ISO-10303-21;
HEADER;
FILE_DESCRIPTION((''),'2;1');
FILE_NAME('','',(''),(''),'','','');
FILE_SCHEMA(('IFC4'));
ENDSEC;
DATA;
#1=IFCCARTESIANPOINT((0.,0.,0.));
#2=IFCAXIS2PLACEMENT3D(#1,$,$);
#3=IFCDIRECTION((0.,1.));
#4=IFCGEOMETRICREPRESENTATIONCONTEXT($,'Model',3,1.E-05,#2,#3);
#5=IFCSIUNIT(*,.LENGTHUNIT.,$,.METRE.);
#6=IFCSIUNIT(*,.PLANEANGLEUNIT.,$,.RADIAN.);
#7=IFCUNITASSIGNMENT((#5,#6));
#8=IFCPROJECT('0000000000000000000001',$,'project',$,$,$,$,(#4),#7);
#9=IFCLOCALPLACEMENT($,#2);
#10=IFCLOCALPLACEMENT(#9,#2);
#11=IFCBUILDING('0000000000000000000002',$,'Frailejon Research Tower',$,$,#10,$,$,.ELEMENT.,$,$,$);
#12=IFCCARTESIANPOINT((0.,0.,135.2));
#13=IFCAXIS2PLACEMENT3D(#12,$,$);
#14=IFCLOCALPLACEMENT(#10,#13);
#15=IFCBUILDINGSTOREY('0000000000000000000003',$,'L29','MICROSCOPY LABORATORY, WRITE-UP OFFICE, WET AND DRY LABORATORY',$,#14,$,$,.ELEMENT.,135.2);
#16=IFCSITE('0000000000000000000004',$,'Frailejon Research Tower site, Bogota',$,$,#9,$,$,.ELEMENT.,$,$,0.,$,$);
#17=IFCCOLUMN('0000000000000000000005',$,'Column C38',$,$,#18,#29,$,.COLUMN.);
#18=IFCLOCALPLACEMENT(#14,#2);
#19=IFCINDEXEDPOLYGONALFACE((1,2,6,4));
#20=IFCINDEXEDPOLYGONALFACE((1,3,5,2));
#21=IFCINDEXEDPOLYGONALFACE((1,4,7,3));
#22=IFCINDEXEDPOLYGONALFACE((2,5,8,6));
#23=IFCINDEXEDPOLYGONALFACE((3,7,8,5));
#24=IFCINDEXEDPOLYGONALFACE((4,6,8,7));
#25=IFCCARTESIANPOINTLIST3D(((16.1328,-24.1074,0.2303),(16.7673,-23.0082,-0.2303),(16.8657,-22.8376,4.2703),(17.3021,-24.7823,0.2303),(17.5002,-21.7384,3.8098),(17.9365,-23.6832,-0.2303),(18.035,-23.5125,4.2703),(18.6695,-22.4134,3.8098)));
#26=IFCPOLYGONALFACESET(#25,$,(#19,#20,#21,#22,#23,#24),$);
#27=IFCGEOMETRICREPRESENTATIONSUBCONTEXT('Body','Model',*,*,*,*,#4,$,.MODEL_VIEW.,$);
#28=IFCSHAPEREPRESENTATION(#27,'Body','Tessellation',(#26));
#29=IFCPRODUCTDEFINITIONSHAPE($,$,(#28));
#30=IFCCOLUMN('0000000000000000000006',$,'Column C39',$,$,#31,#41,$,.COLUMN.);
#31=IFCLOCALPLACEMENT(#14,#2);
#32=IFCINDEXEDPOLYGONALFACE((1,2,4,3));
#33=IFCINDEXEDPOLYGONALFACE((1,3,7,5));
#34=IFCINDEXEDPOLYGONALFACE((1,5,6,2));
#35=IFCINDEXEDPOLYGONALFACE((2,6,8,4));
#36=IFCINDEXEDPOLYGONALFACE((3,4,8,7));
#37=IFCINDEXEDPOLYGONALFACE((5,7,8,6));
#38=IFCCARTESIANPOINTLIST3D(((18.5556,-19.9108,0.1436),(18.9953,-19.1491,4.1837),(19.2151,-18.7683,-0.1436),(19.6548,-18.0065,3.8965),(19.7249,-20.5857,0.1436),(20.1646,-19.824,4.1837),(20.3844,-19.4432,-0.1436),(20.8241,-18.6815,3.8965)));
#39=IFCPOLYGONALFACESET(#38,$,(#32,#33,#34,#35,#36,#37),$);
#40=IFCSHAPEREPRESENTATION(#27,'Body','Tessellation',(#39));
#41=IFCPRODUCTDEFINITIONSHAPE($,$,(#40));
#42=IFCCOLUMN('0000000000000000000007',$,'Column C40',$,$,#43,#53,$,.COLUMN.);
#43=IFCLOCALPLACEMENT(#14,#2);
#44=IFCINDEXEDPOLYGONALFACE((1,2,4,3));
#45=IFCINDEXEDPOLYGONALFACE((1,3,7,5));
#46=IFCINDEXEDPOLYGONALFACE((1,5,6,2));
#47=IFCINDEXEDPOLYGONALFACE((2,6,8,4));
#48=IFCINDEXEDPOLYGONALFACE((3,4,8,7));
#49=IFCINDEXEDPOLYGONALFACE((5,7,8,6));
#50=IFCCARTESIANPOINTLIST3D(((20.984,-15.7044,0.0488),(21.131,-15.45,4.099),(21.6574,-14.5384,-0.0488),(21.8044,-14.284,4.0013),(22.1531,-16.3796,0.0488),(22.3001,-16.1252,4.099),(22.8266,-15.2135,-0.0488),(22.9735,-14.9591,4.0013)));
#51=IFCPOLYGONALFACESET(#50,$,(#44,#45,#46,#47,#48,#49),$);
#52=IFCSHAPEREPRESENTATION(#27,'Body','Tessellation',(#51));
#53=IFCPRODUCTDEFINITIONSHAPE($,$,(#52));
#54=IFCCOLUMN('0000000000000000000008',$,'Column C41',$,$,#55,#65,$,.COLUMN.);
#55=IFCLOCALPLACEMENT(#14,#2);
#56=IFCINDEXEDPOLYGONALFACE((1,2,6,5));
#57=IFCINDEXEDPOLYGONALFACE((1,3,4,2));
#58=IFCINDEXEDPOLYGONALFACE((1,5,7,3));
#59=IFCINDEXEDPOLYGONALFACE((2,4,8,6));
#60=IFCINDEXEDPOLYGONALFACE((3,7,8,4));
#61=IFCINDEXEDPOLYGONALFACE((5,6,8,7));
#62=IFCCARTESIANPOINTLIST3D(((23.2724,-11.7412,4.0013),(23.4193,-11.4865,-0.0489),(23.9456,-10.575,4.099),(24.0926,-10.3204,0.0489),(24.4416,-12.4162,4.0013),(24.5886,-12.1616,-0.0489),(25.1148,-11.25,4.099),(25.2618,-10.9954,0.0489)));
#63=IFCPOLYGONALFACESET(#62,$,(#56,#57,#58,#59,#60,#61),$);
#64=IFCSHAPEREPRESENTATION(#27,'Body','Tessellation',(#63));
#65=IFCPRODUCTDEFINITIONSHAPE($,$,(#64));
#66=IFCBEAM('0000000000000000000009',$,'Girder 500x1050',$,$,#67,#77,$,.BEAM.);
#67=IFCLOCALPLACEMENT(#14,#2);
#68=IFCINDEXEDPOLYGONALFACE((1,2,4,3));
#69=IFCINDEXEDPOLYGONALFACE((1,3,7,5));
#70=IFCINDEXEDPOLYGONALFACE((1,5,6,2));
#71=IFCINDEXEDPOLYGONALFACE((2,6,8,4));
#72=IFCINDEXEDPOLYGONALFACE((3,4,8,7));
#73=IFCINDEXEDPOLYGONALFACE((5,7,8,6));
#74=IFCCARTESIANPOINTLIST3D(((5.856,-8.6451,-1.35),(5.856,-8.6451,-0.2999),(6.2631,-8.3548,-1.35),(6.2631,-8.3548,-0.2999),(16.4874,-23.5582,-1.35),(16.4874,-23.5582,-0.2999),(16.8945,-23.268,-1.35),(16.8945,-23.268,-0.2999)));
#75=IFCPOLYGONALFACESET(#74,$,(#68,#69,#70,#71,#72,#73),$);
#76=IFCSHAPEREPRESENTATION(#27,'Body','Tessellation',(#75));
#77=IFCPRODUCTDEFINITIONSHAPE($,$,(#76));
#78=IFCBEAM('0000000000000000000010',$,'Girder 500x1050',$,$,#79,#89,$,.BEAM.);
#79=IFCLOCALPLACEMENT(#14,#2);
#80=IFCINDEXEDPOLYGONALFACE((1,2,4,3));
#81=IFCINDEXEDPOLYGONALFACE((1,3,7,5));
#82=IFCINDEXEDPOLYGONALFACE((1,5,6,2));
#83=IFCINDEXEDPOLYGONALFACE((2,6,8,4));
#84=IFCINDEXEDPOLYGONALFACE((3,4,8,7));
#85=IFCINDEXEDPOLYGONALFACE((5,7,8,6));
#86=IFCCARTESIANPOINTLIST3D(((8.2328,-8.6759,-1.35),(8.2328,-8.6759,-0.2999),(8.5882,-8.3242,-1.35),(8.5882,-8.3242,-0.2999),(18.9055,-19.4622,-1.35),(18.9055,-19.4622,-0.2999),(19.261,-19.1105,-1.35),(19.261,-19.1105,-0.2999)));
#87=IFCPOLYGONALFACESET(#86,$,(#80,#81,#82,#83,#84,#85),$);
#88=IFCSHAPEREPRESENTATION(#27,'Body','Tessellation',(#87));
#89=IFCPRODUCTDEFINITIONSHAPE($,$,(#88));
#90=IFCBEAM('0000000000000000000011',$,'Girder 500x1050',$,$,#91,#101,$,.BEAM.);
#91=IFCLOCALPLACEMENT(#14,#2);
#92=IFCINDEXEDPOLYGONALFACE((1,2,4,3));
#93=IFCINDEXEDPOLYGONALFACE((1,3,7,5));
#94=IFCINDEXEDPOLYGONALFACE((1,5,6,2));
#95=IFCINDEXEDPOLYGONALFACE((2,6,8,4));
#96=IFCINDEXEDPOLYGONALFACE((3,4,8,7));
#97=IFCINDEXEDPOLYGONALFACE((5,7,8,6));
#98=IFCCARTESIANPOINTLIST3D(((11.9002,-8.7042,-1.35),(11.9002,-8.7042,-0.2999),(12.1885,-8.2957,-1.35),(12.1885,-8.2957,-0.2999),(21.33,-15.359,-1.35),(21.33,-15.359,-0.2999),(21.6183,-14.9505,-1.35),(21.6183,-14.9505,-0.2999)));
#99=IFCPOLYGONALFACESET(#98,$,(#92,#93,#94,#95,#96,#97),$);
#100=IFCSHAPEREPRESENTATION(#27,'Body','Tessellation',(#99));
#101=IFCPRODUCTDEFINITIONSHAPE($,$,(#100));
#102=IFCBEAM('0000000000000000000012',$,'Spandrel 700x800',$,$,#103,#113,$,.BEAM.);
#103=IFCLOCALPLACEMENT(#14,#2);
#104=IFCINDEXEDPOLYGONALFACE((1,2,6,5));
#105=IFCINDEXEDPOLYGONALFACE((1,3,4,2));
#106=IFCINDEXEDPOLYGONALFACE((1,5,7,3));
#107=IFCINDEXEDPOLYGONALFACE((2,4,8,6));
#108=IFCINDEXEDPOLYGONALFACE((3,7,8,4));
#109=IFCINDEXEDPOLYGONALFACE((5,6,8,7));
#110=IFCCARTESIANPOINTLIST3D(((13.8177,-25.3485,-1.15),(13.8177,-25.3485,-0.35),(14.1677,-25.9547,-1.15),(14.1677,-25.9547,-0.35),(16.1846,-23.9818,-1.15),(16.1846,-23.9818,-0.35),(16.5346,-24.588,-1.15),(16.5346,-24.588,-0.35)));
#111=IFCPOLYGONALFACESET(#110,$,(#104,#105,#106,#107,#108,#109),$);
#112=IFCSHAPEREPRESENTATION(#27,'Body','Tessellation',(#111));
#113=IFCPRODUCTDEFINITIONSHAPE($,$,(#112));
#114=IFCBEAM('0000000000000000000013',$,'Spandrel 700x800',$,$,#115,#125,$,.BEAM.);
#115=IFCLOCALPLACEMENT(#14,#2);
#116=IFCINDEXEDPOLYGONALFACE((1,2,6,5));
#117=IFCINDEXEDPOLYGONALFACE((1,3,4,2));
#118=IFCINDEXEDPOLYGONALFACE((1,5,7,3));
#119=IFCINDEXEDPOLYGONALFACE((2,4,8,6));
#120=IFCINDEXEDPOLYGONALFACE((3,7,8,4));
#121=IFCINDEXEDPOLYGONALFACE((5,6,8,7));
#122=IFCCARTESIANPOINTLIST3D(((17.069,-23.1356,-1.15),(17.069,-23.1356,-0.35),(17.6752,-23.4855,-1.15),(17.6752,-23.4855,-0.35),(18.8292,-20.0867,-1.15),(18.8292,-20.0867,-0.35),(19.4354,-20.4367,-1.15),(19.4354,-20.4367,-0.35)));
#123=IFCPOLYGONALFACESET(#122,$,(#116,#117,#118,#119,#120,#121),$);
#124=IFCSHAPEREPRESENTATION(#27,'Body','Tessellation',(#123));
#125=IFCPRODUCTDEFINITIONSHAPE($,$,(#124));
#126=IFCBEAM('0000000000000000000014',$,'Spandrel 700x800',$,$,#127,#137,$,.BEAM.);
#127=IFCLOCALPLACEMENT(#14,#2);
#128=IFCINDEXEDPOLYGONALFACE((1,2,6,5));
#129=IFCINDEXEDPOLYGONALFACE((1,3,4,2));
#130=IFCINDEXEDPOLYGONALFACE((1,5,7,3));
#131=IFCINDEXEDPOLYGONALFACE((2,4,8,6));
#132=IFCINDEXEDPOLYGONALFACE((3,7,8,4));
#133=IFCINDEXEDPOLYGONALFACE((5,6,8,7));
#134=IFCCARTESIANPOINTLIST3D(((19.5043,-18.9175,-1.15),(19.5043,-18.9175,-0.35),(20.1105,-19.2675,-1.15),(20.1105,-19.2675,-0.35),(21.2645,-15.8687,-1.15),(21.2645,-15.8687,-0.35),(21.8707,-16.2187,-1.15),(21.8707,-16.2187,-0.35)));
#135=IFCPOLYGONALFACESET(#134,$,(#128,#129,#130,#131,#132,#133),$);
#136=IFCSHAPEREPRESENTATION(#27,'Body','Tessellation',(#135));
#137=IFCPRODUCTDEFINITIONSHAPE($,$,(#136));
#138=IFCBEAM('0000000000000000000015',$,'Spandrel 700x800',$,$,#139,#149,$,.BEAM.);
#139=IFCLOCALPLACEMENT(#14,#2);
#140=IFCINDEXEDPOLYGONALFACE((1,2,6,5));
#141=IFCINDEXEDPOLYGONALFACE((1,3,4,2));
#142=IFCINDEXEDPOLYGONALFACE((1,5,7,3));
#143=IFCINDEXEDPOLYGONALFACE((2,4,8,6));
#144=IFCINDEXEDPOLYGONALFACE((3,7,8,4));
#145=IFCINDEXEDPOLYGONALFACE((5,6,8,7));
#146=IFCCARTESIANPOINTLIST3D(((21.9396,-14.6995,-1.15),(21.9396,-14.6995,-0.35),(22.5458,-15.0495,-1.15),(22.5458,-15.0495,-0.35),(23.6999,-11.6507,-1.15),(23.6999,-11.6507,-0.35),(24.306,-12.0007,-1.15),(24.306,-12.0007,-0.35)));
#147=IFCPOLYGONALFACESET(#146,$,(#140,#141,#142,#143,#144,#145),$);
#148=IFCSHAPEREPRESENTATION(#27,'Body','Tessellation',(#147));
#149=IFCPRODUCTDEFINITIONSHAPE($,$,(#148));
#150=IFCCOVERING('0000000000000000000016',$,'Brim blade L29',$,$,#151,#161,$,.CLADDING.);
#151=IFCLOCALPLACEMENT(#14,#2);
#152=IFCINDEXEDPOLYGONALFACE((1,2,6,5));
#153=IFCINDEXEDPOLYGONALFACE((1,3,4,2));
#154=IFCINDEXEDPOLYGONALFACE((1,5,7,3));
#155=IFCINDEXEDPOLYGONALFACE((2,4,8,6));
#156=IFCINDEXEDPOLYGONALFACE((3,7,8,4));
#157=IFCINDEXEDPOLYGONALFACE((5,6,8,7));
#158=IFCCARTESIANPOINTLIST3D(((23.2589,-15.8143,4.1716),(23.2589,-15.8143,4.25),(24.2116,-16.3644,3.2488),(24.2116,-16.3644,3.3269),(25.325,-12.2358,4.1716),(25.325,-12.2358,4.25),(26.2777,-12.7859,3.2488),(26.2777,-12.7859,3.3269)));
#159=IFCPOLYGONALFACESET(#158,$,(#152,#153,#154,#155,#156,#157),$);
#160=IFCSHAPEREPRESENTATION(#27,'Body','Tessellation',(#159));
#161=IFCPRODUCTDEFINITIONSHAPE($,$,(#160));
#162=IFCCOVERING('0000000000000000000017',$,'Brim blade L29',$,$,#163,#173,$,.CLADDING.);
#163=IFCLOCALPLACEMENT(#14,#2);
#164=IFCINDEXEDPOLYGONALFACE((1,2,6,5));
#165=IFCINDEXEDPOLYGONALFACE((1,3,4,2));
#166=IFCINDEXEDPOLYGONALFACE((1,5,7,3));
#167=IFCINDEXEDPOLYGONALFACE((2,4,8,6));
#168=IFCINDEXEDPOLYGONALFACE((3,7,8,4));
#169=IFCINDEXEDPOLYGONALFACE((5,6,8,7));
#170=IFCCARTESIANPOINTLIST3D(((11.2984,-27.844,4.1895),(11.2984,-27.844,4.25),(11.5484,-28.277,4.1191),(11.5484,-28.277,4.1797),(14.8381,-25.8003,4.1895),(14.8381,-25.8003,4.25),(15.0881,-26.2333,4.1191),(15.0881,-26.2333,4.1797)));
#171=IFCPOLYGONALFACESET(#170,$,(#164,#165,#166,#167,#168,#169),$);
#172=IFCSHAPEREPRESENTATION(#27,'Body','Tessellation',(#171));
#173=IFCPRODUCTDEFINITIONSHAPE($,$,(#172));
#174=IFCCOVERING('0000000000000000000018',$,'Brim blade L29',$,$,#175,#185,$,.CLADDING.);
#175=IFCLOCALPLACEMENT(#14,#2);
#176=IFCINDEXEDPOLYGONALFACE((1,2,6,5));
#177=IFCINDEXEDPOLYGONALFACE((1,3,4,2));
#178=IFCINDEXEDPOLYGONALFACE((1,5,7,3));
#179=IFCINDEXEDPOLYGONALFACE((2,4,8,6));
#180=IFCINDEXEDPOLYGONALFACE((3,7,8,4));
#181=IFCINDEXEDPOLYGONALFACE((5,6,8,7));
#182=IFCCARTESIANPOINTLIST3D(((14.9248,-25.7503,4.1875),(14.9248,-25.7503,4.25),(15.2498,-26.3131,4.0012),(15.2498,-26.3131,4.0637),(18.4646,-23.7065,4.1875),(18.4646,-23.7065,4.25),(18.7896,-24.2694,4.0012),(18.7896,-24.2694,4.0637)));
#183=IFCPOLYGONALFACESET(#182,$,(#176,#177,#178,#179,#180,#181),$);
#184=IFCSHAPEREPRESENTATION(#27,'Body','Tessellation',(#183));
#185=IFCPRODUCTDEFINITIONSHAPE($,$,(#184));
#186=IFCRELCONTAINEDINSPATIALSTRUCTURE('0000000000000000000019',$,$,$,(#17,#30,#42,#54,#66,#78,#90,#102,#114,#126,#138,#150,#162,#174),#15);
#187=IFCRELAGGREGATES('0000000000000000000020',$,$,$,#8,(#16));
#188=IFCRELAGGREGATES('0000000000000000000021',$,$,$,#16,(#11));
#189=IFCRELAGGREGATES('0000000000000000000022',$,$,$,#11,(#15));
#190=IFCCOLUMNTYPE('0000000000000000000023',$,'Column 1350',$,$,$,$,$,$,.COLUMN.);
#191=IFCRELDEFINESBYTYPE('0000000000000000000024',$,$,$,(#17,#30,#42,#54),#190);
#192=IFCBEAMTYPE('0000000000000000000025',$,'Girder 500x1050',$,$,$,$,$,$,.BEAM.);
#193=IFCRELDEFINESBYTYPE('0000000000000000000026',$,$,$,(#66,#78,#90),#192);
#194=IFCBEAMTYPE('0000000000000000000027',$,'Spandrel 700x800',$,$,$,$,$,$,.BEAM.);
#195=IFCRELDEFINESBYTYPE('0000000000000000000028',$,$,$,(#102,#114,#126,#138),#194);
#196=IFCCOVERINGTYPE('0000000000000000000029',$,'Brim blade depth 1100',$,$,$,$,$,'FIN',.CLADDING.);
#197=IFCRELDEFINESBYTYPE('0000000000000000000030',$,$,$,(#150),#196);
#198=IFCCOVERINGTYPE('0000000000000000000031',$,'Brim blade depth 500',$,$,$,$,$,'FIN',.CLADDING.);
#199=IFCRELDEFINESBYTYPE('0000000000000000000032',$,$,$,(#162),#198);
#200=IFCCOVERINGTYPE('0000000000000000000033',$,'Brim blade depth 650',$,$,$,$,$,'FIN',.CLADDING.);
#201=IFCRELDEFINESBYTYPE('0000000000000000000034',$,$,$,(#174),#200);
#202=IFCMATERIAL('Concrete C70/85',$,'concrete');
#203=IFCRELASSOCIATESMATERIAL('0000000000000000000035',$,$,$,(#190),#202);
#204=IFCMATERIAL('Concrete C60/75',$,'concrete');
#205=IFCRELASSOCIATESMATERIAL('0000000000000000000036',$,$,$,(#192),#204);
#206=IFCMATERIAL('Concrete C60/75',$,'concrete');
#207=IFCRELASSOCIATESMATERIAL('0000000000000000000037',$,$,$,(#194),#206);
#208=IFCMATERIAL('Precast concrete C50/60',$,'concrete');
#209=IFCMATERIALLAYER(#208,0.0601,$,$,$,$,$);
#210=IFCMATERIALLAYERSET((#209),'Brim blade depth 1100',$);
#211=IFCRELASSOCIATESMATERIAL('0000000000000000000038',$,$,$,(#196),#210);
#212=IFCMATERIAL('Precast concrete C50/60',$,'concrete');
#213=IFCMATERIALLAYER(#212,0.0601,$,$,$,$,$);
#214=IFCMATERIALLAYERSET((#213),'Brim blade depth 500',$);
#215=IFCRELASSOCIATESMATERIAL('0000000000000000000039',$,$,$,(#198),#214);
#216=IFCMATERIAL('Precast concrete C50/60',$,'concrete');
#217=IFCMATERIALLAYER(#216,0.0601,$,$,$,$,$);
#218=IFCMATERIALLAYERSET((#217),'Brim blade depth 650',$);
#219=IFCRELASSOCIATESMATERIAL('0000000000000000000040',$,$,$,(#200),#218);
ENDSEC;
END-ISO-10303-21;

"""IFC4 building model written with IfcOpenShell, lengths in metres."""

from ifc_helpers import new_model, si_unit, direction, frame, origin, origin_2d, place, context, subcontext, project, spatial, polyline, rectangle, outline, extrude, material, layer, layer_set, material_profile, profile_set, type_object, element, save


model = new_model("IFC4")

# Units and contexts
model_context = context("Model", 3, precision=1e-05, world=origin(), true_north=direction((0.0, 1.0)))
body_context = subcontext(model_context, "Body", "Model", "MODEL_VIEW")
ifc_project = project(units=[si_unit("LENGTHUNIT", "METRE"), si_unit("PLANEANGLEUNIT", "RADIAN")], contexts=[model_context])

# Site, building, storey
site_placement = place(None, origin())
site = spatial("IfcSite", under=ifc_project, at=site_placement, Name="Frailejon Research Tower site, Bogota", CompositionType="ELEMENT", RefElevation=0.0)
building_placement = place(site_placement, origin())
building = spatial("IfcBuilding", under=site, at=building_placement, Name="Frailejon Research Tower", CompositionType="ELEMENT")
storey_placement = place(building_placement, frame((0.0, 0.0, 135.2)))
storey = spatial("IfcBuildingStorey", under=building, at=storey_placement, Name="L29", Description="MICROSCOPY LABORATORY, WRITE-UP OFFICE, WET AND DRY LABORATORY", CompositionType="ELEMENT", Elevation=135.2)

# Columns
ifc_material_1 = material(Name="Concrete C70/85", Category="concrete")
ifc_material_profile_1 = material_profile(ifc_material_1, rectangle(XDim=1.3501, YDim=1.3501, at=origin_2d()), Name="Column 1350")
ifc_profile_set_1 = profile_set([ifc_material_profile_1], Name="Concrete C70/85")
column_type = type_object("IfcColumnType", Name="Column 1350", PredefinedType="COLUMN", material=ifc_profile_set_1)
column_1_placement = place(storey_placement, frame((17.0347, -23.8953, 0.0), z_axis=(0.17053, 0.295445, 0.940017), x_axis=(0.469945, 0.814115, -0.341128)))
element("IfcColumn", 1, at=column_1_placement, inside=storey, type_object=column_type, Name="Column C38", PredefinedType="COLUMN", context=body_context, shape_type="SweptSolid", body=[
    extrude(rectangle(XDim=1.3501, YDim=1.3501, at=origin_2d()), origin(), (0.0, 0.0, 1.0), 4.2979),
])
column_2_placement = place(storey_placement, frame((19.47, -19.677, 0.0), z_axis=(0.106344, 0.184227, 0.977114), x_axis=(0.488465, 0.846258, -0.212718)))
element("IfcColumn", 2, at=column_2_placement, inside=storey, type_object=column_type, Name="Column C39", PredefinedType="COLUMN", context=body_context, shape_type="SweptSolid", body=[
    extrude(rectangle(XDim=1.3501, YDim=1.3501, at=origin_2d()), origin(), (0.0, 0.0, 1.0), 4.1348),
])
for number, where, z_axis, x_axis, name in (
    (3, (21.9053, -15.459, 0.0), (0.036194, 0.062648, 0.997379), (0.498791, 0.863697, -0.072352), "Column C40"),
    (4, (24.3406, -11.241, 0.0), (-0.036194, -0.062708, 0.997375), (0.498666, 0.863765, 0.072404), "Column C41"),
):
    element("IfcColumn", number, at=place(storey_placement, frame(where, z_axis=z_axis, x_axis=x_axis)), inside=storey, type_object=column_type, Name=name, PredefinedType="COLUMN", context=body_context, shape_type="SweptSolid", body=[
        extrude(rectangle(XDim=1.3501, YDim=1.3501, at=origin_2d()), origin(), (0.0, 0.0, 1.0), 4.0608),
    ])

# Beams
ifc_material_2 = material(Name="Concrete C60/75", Category="concrete")
ifc_material_profile_2 = material_profile(ifc_material_2, rectangle(XDim=0.5, YDim=1.05, at=origin_2d()), Name="Girder 500x1050")
ifc_profile_set_2 = profile_set([ifc_material_profile_2], Name="Concrete C60/75")
beam_type_1 = type_object("IfcBeamType", Name="Girder 500x1050", PredefinedType="BEAM", material=ifc_profile_set_2)
beam_1_placement = place(storey_placement, frame((16.6909, -23.4131, -0.825), z_axis=(-0.580484, 0.814272, 0.0), x_axis=(-0.814272, -0.580484, 0.0)))
element("IfcBeam", 5, at=beam_1_placement, inside=storey, type_object=beam_type_1, Name="Girder 500x1050", PredefinedType="BEAM", context=body_context, shape_type="SweptSolid", body=[
    extrude(rectangle(XDim=0.5, YDim=1.05, at=origin_2d()), origin(), (0.0, 0.0, 1.0), 18.3147),
])
beam_2_placement = place(storey_placement, frame((19.0833, -19.2864, -0.825), z_axis=(-0.703356, 0.710838, 0.0), x_axis=(-0.710838, -0.703356, 0.0)))
element("IfcBeam", 6, at=beam_2_placement, inside=storey, type_object=beam_type_1, Name="Girder 500x1050", PredefinedType="BEAM", context=body_context, shape_type="SweptSolid", body=[
    extrude(rectangle(XDim=0.5, YDim=1.05, at=origin_2d()), origin(), (0.0, 0.0, 1.0), 15.1741),
])
beam_3_placement = place(storey_placement, frame((21.4741, -15.1548, -0.825), z_axis=(-0.817028, 0.576598, 0.0), x_axis=(-0.576598, -0.817028, 0.0)))
element("IfcBeam", 7, at=beam_3_placement, inside=storey, type_object=beam_type_1, Name="Girder 500x1050", PredefinedType="BEAM", context=body_context, shape_type="SweptSolid", body=[
    extrude(rectangle(XDim=0.5, YDim=1.05, at=origin_2d()), origin(), (0.0, 0.0, 1.0), 11.5415),
])
ifc_material_3 = material(Name="Concrete C60/75", Category="concrete")
ifc_material_profile_3 = material_profile(ifc_material_3, rectangle(XDim=0.7, YDim=0.8, at=origin_2d()), Name="Spandrel 700x800")
ifc_profile_set_3 = profile_set([ifc_material_profile_3], Name="Concrete C60/75")
beam_type_2 = type_object("IfcBeamType", Name="Spandrel 700x800", PredefinedType="BEAM", material=ifc_profile_set_3)
beam_4_placement = place(storey_placement, frame((13.9927, -25.6516, -0.75), z_axis=(0.866003, 0.500039, 0.0), x_axis=(-0.500039, 0.866003, 0.0)))
element("IfcBeam", 8, at=beam_4_placement, inside=storey, type_object=beam_type_2, Name="Spandrel 700x800", PredefinedType="BEAM", context=body_context, shape_type="SweptSolid", body=[
    extrude(rectangle(XDim=0.7, YDim=0.8, at=origin_2d()), origin(), (0.0, 0.0, 1.0), 2.7332),
])
for number, where, z_axis, x_axis, name in (
    (9, (17.3721, -23.3105, -0.75), (0.500003, 0.866024, 0.0), (-0.866024, 0.500003, 0.0), "Spandrel 700x800"),
    (10, (19.8074, -19.0925, -0.75), (0.500003, 0.866024, 0.0), (-0.866024, 0.500003, 0.0), "Spandrel 700x800"),
    (11, (22.2427, -14.8745, -0.75), (0.500003, 0.866024, 0.0), (-0.866024, 0.500003, 0.0), "Spandrel 700x800"),
):
    element("IfcBeam", number, at=place(storey_placement, frame(where, z_axis=z_axis, x_axis=x_axis)), inside=storey, type_object=beam_type_2, Name=name, PredefinedType="BEAM", context=body_context, shape_type="SweptSolid", body=[
        extrude(rectangle(XDim=0.7, YDim=0.8, at=origin_2d()), origin(), (0.0, 0.0, 1.0), 3.5205),
    ])

# Coverings
ifc_material_4 = material(Name="Precast concrete C50/60", Category="concrete")
ifc_layer_1 = layer(ifc_material_4, 0.0601)
ifc_layer_set_1 = layer_set([ifc_layer_1], Name="Brim blade depth 1100")
covering_type_1 = type_object("IfcCoveringType", Name="Brim blade depth 1100", ElementType="FIN", PredefinedType="CLADDING", material=ifc_layer_set_1)
covering_1_placement = place(storey_placement, frame((25.325, -12.2358, 4.25), z_axis=(-0.500002, -0.866024, 0.0), x_axis=(0.866024, -0.500002, 0.0)))
element("IfcCovering", 12, at=covering_1_placement, inside=storey, type_object=covering_type_1, Name="Brim blade L29", PredefinedType="CLADDING", context=body_context, shape_type="SweptSolid", body=[
    extrude(outline(polyline([(0.0, -0.0784), (1.1001, -1.0012), (1.1001, -0.9231), (0.0, 0.0), (0.0, -0.0784)])), origin(), (0.0, 0.0, 1.0), 4.1321),
])
ifc_material_5 = material(Name="Precast concrete C50/60", Category="concrete")
ifc_layer_2 = layer(ifc_material_5, 0.0601)
ifc_layer_set_2 = layer_set([ifc_layer_2], Name="Brim blade depth 500")
covering_type_2 = type_object("IfcCoveringType", Name="Brim blade depth 500", ElementType="FIN", PredefinedType="CLADDING", material=ifc_layer_set_2)
covering_2_placement = place(storey_placement, frame((14.8381, -25.8003, 4.25), z_axis=(-0.866021, -0.500007, 0.0), x_axis=(0.500007, -0.866021, 0.0)))
element("IfcCovering", 13, at=covering_2_placement, inside=storey, type_object=covering_type_2, Name="Brim blade L29", PredefinedType="CLADDING", context=body_context, shape_type="SweptSolid", body=[
    extrude(outline(polyline([(0.0, -0.0605), (0.5, -0.1309), (0.5, -0.0703), (0.0, 0.0), (0.0, -0.0605)])), origin(), (0.0, 0.0, 1.0), 4.0874),
])
ifc_material_6 = material(Name="Precast concrete C50/60", Category="concrete")
ifc_layer_3 = layer(ifc_material_6, 0.0601)
ifc_layer_set_3 = layer_set([ifc_layer_3], Name="Brim blade depth 650")
covering_type_3 = type_object("IfcCoveringType", Name="Brim blade depth 650", ElementType="FIN", PredefinedType="CLADDING", material=ifc_layer_set_3)
covering_3_placement = place(storey_placement, frame((18.4646, -23.7065, 4.25), z_axis=(-0.866021, -0.500007, 0.0), x_axis=(0.500007, -0.866021, 0.0)))
element("IfcCovering", 14, at=covering_3_placement, inside=storey, type_object=covering_type_3, Name="Brim blade L29", PredefinedType="CLADDING", context=body_context, shape_type="SweptSolid", body=[
    extrude(outline(polyline([(0.0, -0.0625), (0.6499, -0.2488), (0.6499, -0.1863), (0.0, 0.0), (0.0, -0.0625)])), origin(), (0.0, 0.0, 1.0), 4.0874),
])

save(model, "model.ifc")
